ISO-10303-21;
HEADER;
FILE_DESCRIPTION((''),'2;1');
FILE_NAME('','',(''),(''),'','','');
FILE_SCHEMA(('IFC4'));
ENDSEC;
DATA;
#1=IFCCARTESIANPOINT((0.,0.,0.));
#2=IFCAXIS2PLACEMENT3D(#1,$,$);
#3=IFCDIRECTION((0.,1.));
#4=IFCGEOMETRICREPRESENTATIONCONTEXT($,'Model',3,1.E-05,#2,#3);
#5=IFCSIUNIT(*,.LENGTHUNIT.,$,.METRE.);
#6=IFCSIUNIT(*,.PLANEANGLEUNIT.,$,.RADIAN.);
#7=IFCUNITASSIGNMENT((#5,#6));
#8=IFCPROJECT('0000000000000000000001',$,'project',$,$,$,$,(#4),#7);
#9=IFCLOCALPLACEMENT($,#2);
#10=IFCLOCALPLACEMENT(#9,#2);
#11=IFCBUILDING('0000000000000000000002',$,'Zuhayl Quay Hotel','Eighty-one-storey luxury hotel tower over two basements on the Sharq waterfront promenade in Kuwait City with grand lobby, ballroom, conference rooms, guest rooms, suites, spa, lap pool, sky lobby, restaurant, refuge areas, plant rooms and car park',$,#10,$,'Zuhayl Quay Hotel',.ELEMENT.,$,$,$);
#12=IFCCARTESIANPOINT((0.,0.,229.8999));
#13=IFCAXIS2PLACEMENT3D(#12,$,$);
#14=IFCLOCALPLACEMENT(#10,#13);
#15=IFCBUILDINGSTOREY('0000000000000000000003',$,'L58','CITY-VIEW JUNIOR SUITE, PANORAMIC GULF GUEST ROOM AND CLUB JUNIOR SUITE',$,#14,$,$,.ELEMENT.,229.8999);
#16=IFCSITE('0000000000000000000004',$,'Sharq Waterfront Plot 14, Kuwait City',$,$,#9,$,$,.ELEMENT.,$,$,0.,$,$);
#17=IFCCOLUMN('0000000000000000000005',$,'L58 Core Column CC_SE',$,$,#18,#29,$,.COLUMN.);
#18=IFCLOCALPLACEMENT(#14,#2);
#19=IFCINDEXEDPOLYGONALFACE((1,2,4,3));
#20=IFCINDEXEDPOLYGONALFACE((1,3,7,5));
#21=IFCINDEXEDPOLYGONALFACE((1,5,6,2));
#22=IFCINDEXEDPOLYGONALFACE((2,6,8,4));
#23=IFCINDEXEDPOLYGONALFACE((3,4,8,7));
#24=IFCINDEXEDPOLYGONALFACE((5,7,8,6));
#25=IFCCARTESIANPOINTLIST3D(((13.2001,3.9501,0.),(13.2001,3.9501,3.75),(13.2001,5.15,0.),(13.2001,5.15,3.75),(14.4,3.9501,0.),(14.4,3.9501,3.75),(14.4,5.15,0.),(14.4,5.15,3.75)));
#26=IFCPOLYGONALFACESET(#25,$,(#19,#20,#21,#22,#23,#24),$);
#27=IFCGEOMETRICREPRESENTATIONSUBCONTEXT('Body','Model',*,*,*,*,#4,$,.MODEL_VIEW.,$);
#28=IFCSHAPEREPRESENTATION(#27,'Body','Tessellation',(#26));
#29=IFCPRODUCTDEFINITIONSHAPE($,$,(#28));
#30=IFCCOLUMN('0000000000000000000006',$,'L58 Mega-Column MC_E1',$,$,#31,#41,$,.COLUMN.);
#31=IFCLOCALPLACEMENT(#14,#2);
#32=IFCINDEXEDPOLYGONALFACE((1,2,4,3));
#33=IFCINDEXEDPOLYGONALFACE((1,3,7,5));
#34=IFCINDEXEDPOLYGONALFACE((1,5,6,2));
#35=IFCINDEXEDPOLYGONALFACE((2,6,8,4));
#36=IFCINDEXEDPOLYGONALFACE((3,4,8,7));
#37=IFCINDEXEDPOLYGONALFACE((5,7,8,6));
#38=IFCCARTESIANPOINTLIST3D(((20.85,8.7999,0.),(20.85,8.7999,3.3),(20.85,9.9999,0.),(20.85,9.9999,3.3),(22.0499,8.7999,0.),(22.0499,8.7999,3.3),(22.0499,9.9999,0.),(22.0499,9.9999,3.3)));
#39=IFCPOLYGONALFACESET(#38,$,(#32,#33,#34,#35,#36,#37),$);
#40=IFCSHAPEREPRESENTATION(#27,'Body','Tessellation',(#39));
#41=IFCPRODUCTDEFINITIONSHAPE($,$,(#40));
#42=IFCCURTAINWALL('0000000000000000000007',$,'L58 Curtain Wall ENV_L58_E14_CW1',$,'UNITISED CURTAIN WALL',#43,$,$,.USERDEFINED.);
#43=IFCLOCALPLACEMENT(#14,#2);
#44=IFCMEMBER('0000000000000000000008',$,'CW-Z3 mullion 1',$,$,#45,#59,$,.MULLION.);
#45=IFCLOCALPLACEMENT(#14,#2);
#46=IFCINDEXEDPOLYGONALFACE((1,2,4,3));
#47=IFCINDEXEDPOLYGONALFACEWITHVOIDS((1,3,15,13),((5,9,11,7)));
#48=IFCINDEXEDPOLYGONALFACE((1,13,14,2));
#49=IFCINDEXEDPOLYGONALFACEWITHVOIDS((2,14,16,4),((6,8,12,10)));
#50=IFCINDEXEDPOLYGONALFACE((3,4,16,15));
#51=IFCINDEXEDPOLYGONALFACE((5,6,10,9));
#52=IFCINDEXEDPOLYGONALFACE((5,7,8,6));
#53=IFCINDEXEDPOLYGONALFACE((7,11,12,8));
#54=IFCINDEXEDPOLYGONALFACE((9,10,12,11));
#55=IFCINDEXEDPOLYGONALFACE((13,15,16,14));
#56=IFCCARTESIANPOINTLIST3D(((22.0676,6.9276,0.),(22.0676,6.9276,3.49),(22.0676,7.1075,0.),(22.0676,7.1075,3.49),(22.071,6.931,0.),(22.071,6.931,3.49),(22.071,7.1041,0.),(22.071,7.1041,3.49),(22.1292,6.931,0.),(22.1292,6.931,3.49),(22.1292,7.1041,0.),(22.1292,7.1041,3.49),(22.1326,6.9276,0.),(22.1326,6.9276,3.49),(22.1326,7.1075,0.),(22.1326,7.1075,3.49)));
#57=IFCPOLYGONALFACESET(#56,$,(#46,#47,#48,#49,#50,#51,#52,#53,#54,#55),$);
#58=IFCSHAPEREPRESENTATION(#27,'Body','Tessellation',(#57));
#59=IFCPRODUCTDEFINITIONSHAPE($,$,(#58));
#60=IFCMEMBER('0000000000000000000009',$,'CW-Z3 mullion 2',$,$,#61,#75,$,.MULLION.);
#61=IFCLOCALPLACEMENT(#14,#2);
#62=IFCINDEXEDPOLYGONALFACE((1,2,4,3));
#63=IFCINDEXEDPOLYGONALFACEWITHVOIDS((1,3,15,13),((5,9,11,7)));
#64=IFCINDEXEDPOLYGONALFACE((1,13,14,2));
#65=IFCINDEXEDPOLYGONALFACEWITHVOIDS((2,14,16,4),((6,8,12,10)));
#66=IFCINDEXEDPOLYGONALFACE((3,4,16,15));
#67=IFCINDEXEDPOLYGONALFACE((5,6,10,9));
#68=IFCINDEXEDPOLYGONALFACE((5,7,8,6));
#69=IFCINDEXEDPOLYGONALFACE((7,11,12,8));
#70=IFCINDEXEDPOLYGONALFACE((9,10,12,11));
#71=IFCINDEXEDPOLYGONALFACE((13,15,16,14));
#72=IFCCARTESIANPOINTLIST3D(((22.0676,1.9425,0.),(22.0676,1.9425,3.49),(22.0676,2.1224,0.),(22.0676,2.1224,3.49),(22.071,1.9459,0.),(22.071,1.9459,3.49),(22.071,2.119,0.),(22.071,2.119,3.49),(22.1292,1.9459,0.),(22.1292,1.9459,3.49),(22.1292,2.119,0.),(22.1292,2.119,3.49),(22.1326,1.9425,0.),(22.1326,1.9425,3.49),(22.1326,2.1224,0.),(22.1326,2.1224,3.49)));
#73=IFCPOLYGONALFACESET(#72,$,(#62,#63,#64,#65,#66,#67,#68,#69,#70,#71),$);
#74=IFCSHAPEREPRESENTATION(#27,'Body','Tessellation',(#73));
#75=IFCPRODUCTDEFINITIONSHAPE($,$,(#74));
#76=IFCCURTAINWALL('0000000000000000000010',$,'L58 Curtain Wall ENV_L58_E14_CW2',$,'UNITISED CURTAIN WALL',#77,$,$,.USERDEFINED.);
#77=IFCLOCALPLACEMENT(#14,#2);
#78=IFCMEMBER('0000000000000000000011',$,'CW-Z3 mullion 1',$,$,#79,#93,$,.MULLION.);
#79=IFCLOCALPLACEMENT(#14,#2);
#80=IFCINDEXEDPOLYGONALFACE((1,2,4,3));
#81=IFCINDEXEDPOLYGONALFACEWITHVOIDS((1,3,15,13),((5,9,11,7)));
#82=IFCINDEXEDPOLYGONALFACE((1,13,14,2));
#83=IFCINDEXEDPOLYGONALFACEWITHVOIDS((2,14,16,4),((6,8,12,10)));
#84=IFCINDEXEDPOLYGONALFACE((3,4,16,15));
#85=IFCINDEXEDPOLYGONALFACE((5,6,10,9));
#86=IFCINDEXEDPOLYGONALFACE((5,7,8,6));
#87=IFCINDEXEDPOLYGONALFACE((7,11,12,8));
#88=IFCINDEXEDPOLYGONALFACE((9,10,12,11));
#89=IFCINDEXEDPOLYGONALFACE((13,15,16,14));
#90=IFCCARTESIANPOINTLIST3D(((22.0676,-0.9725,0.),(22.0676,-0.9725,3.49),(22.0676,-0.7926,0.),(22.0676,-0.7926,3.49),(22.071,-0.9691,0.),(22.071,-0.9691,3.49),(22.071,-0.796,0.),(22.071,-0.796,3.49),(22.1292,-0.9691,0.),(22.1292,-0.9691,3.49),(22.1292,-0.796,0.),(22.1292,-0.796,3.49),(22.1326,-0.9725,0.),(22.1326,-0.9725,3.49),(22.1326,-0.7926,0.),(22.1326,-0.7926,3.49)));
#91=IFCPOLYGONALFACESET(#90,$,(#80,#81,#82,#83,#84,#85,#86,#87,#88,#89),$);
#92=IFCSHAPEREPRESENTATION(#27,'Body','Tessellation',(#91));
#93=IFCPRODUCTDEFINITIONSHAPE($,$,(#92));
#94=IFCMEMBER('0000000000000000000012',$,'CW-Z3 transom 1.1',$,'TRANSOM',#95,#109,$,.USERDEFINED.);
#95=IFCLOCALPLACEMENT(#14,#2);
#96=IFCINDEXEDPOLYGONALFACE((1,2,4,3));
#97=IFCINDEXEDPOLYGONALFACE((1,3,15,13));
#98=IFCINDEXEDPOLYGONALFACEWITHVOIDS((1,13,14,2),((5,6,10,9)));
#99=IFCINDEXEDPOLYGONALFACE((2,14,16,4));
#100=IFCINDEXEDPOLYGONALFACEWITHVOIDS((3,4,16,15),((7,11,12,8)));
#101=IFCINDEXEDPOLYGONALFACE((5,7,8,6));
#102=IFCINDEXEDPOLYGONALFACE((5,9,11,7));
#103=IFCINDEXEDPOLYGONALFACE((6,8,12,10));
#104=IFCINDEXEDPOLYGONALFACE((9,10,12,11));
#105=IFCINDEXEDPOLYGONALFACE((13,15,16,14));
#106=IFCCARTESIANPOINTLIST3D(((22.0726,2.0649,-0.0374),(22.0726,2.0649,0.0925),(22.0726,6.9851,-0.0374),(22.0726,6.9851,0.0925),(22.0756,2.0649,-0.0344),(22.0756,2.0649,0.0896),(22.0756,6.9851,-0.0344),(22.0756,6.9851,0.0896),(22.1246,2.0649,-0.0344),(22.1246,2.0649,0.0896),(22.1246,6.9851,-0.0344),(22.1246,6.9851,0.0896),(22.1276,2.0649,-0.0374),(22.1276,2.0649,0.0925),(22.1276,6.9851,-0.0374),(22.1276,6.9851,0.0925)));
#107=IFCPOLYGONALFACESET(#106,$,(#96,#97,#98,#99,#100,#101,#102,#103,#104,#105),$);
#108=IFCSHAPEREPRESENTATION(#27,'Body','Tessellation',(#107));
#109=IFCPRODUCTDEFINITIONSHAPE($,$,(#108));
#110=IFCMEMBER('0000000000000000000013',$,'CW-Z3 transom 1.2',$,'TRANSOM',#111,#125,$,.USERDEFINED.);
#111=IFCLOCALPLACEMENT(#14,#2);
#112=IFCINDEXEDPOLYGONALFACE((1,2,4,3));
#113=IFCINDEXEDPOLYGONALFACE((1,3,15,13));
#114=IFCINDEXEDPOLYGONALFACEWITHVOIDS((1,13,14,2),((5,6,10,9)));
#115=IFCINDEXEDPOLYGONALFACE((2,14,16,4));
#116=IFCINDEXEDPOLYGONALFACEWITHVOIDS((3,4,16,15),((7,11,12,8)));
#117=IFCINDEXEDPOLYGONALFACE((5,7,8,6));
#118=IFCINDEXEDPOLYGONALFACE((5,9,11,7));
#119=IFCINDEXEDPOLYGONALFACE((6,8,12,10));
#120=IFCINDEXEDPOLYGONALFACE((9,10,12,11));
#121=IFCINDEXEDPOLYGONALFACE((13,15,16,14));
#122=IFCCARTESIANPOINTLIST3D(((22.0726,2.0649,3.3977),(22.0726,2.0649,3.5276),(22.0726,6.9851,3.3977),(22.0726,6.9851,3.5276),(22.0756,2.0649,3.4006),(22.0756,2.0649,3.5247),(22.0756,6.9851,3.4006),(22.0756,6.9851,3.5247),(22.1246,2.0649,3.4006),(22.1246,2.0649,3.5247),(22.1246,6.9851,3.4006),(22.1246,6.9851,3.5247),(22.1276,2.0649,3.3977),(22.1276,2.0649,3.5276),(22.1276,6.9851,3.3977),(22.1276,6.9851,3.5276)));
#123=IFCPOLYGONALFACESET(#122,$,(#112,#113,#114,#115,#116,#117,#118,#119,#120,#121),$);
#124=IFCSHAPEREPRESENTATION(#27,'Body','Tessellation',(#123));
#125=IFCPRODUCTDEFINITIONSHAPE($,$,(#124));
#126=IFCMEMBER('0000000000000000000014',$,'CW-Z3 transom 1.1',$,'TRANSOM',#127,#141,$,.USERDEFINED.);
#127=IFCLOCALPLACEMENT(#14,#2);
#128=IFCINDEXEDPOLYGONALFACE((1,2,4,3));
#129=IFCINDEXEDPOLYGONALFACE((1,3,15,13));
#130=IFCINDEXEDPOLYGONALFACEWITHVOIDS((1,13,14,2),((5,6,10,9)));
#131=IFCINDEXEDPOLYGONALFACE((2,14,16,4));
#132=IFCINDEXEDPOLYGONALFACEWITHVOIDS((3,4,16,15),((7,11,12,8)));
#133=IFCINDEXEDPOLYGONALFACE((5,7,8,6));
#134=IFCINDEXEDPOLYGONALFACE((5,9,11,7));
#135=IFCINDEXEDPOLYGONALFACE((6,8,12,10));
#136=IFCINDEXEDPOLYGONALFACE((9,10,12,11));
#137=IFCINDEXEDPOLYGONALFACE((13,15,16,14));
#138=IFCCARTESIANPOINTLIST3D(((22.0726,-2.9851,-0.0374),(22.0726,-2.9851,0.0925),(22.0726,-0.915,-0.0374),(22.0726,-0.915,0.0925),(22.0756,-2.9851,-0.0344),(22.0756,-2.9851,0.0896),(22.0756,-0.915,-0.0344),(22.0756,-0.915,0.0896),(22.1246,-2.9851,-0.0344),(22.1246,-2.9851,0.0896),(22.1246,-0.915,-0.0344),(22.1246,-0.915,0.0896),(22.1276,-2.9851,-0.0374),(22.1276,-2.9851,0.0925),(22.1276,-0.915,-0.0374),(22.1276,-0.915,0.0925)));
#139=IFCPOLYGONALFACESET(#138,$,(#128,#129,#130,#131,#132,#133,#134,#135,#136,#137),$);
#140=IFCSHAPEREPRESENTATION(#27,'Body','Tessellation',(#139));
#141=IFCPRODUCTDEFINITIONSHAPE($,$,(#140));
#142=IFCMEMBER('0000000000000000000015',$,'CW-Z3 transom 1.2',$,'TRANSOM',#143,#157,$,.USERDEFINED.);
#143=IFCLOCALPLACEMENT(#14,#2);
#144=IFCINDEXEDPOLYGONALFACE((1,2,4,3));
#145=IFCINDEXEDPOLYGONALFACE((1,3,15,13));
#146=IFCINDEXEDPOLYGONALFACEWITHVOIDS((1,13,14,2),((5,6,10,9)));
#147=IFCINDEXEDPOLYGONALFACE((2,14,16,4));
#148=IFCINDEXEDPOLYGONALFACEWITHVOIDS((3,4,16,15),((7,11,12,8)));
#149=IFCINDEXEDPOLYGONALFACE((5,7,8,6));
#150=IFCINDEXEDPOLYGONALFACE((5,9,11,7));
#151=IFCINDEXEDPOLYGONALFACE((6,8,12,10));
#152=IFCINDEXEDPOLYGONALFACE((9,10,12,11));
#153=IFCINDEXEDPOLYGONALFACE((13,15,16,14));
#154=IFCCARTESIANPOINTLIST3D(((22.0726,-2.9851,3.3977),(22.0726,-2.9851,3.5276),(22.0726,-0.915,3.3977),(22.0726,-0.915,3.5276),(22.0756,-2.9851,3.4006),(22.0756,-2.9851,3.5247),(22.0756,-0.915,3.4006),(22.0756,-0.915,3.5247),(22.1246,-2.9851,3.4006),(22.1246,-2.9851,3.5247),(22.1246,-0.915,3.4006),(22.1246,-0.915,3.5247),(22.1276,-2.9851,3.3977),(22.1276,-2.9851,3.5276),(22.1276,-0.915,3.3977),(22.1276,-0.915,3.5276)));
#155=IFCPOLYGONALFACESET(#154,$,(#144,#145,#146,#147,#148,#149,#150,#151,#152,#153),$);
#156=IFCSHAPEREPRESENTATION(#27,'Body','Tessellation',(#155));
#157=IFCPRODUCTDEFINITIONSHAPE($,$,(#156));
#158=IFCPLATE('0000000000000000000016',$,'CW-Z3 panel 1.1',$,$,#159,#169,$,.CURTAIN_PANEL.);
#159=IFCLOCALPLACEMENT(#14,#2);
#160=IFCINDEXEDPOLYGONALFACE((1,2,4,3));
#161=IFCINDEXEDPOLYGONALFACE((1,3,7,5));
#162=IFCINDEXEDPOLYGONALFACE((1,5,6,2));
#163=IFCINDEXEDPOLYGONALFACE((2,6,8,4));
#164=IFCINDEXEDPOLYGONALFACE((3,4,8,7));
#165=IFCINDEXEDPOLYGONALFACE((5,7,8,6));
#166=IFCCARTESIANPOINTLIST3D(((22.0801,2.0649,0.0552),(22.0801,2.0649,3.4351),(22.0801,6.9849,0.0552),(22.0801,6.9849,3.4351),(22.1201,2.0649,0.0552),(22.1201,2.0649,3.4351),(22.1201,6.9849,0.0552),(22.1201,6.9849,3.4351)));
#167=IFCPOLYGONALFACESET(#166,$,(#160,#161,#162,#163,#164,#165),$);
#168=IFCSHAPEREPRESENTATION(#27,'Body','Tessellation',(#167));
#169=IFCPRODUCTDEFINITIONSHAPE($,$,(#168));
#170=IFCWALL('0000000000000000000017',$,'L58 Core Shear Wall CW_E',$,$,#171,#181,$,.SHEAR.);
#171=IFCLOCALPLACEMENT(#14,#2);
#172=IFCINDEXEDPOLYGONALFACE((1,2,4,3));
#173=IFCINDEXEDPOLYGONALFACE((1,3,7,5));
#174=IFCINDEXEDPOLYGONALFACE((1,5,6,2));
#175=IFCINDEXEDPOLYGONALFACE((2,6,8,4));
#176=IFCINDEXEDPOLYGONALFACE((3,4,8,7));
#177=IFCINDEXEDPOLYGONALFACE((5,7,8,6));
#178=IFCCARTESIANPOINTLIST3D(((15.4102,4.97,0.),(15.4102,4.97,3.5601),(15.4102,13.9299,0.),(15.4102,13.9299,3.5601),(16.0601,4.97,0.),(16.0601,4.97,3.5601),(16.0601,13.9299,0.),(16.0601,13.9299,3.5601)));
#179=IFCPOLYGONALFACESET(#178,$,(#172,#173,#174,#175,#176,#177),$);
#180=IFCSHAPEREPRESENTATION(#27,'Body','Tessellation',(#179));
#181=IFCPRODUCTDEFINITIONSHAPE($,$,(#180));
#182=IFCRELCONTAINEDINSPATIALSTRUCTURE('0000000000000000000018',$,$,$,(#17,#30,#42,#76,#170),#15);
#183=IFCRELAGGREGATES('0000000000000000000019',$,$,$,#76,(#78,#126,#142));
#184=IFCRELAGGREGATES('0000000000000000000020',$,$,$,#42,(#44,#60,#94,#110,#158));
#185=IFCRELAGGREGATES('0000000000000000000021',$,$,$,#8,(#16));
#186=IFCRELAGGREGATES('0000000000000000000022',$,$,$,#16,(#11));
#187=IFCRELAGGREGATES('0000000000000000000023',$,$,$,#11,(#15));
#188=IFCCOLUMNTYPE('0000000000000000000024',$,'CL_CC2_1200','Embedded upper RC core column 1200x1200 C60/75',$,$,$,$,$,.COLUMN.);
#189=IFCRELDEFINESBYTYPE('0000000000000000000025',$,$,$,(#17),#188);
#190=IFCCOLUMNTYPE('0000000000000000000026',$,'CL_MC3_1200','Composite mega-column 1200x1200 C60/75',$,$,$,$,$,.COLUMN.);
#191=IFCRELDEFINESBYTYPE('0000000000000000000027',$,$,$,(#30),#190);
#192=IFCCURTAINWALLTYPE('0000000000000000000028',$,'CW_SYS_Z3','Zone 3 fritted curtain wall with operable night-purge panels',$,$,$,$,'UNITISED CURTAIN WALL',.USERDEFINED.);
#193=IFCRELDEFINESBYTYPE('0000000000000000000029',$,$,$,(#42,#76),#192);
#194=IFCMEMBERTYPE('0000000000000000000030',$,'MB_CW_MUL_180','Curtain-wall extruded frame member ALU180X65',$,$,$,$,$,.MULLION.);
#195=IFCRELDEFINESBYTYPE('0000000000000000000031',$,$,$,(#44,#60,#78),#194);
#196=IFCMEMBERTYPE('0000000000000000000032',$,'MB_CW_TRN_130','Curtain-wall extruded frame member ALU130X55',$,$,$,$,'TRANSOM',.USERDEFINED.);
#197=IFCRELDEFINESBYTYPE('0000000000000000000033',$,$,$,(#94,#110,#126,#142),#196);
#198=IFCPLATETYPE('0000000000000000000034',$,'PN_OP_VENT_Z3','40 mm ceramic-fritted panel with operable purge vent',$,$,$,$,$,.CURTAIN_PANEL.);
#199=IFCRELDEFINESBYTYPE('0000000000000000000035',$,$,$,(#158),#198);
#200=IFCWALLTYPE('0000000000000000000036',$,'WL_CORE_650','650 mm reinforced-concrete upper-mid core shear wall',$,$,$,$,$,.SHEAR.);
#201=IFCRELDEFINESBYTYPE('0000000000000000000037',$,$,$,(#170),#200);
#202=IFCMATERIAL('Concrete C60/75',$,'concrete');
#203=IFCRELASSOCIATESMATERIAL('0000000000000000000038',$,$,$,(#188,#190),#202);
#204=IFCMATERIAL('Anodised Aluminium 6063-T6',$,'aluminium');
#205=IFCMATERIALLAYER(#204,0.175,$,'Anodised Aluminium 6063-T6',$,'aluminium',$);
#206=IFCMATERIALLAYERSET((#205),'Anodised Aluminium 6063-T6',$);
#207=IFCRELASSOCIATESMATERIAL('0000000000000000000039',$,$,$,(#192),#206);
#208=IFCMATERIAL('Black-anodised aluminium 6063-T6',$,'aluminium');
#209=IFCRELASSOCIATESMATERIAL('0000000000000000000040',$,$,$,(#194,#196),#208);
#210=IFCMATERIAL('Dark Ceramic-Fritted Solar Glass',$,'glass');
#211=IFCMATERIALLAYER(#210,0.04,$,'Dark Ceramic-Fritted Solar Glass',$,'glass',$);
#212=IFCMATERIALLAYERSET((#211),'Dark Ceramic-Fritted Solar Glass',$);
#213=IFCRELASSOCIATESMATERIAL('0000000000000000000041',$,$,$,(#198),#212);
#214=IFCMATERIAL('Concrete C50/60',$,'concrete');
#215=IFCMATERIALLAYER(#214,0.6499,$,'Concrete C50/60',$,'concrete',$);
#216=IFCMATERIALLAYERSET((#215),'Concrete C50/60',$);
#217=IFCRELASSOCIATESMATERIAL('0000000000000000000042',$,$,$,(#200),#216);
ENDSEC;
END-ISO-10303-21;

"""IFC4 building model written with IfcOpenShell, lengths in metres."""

from ifc_helpers import new_model, si_unit, direction, frame, frame_2d, origin, origin_2d, place, context, subcontext, project, spatial, rectangle, hollow_rectangle, extrude, material, layer, layer_set, material_profile, profile_set, type_object, element, aggregate, save


model = new_model("IFC4")

# Units and contexts
model_context = context("Model", 3, precision=1e-05, world=origin(), true_north=direction((0.0, 1.0)))
body_context = subcontext(model_context, "Body", "Model", "MODEL_VIEW")
ifc_project = project(units=[si_unit("LENGTHUNIT", "METRE"), si_unit("PLANEANGLEUNIT", "RADIAN")], contexts=[model_context])

# Site, building, storey
site_placement = place(None, origin())
site = spatial("IfcSite", under=ifc_project, at=site_placement, Name="Sharq Waterfront Plot 14, Kuwait City", CompositionType="ELEMENT", RefElevation=0.0)
building_placement = place(site_placement, origin())
building = spatial("IfcBuilding", under=site, at=building_placement, Name="Zuhayl Quay Hotel", Description="Eighty-one-storey luxury hotel tower over two basements on the Sharq waterfront promenade in Kuwait City with grand lobby, ballroom, conference rooms, guest rooms, suites, spa, lap pool, sky lobby, restaurant, refuge areas, plant rooms and car park", LongName="Zuhayl Quay Hotel", CompositionType="ELEMENT")
storey_placement = place(building_placement, frame((0.0, 0.0, 229.8999)))
storey = spatial("IfcBuildingStorey", under=building, at=storey_placement, Name="L58", Description="CITY-VIEW JUNIOR SUITE, PANORAMIC GULF GUEST ROOM AND CLUB JUNIOR SUITE", CompositionType="ELEMENT", Elevation=229.8999)

# Columns
ifc_material_1 = material(Name="Concrete C60/75", Category="concrete")
ifc_material_profile_1 = material_profile(ifc_material_1, rectangle(XDim=1.2, YDim=1.2, at=origin_2d()), Name="RC1200X1200")
ifc_profile_set_1 = profile_set([ifc_material_profile_1], Name="Concrete C60/75")
column_type_1 = type_object("IfcColumnType", Name="CL_CC2_1200", Description="Embedded upper RC core column 1200x1200 C60/75", PredefinedType="COLUMN", material=ifc_profile_set_1)
column_1_placement = place(storey_placement, frame((13.8, 4.55, 0.0), z_axis=(0.0, 0.0, 1.0), x_axis=(1.0, 0.0, 0.0)))
element("IfcColumn", 1, at=column_1_placement, inside=storey, type_object=column_type_1, Name="L58 Core Column CC_SE", PredefinedType="COLUMN", context=body_context, shape_type="SweptSolid", body=[
    extrude(rectangle(XDim=1.2, YDim=1.2, at=origin_2d()), origin(), (0.0, 0.0, 1.0), 3.75),
])
ifc_material_profile_2 = material_profile(ifc_material_1, rectangle(XDim=1.2, YDim=1.2, at=origin_2d()), Name="RC1200X1200")
ifc_profile_set_2 = profile_set([ifc_material_profile_2], Name="Concrete C60/75")
column_type_2 = type_object("IfcColumnType", Name="CL_MC3_1200", Description="Composite mega-column 1200x1200 C60/75", PredefinedType="COLUMN", material=ifc_profile_set_2)
column_2_placement = place(storey_placement, frame((21.45, 9.3999, 0.0), z_axis=(0.0, 0.0, 1.0), x_axis=(1.0, 0.0, 0.0)))
element("IfcColumn", 2, at=column_2_placement, inside=storey, type_object=column_type_2, Name="L58 Mega-Column MC_E1", PredefinedType="COLUMN", context=body_context, shape_type="SweptSolid", body=[
    extrude(rectangle(XDim=1.2, YDim=1.2, at=origin_2d()), origin(), (0.0, 0.0, 1.0), 3.3),
])

# Curtain wall, members
ifc_material_2 = material(Name="Anodised Aluminium 6063-T6", Category="aluminium")
ifc_layer_1 = layer(ifc_material_2, 0.175, Name="Anodised Aluminium 6063-T6", Category="aluminium")
ifc_layer_set_1 = layer_set([ifc_layer_1], Name="Anodised Aluminium 6063-T6")
curtain_wall_type = type_object("IfcCurtainWallType", Name="CW_SYS_Z3", Description="Zone 3 fritted curtain wall with operable night-purge panels", ElementType="UNITISED CURTAIN WALL", PredefinedType="USERDEFINED", material=ifc_layer_set_1)
curtain_wall_1_placement = place(storey_placement, origin())
curtain_wall_1 = element("IfcCurtainWall", 3, at=curtain_wall_1_placement, inside=storey, type_object=curtain_wall_type, Name="L58 Curtain Wall ENV_L58_E14_CW1", ObjectType="UNITISED CURTAIN WALL", PredefinedType="USERDEFINED")
ifc_material_3 = material(Name="Black-anodised aluminium 6063-T6", Category="aluminium")
ifc_material_profile_3 = material_profile(ifc_material_3, hollow_rectangle(XDim=0.0649, YDim=0.1799, WallThickness=0.0034, at=origin_2d()), Name="ALU180X65")
ifc_profile_set_3 = profile_set([ifc_material_profile_3], Name="Black-anodised aluminium 6063-T6")
member_type_1 = type_object("IfcMemberType", Name="MB_CW_MUL_180", Description="Curtain-wall extruded frame member ALU180X65", PredefinedType="MULLION", material=ifc_profile_set_3)
member_1_placement = place(storey_placement, frame((22.1001, 7.0176, 0.0), z_axis=(0.0, 0.0, 1.0), x_axis=(1.0, 0.0, 0.0)))
member_1 = element("IfcMember", 4, at=member_1_placement, type_object=member_type_1, Name="CW-Z3 mullion 1", PredefinedType="MULLION", context=body_context, shape_type="SweptSolid", body=[
    extrude(hollow_rectangle(XDim=0.0649, YDim=0.1799, WallThickness=0.0034, at=origin_2d()), origin(), (0.0, 0.0, 1.0), 3.49),
])
member_2_placement = place(storey_placement, frame((22.1001, 2.0325, 0.0), z_axis=(0.0, 0.0, 1.0), x_axis=(1.0, 0.0, 0.0)))
member_2 = element("IfcMember", 5, at=member_2_placement, type_object=member_type_1, Name="CW-Z3 mullion 2", PredefinedType="MULLION", context=body_context, shape_type="SweptSolid", body=[
    extrude(hollow_rectangle(XDim=0.0649, YDim=0.1799, WallThickness=0.0034, at=origin_2d()), origin(), (0.0, 0.0, 1.0), 3.49),
])

# Curtain wall, member
curtain_wall_2_placement = place(storey_placement, origin())
curtain_wall_2 = element("IfcCurtainWall", 6, at=curtain_wall_2_placement, inside=storey, type_object=curtain_wall_type, Name="L58 Curtain Wall ENV_L58_E14_CW2", ObjectType="UNITISED CURTAIN WALL", PredefinedType="USERDEFINED")
member_3_placement = place(storey_placement, frame((22.1001, -0.8826, 0.0), z_axis=(0.0, 0.0, 1.0), x_axis=(1.0, 0.0, 0.0)))
member_3 = element("IfcMember", 7, at=member_3_placement, type_object=member_type_1, Name="CW-Z3 mullion 1", PredefinedType="MULLION", context=body_context, shape_type="SweptSolid", body=[
    extrude(hollow_rectangle(XDim=0.0649, YDim=0.1799, WallThickness=0.0034, at=origin_2d()), origin(), (0.0, 0.0, 1.0), 3.49),
])

# Members
ifc_material_profile_4 = material_profile(ifc_material_3, hollow_rectangle(XDim=0.0549, YDim=0.1299, WallThickness=0.0029, at=origin_2d()), Name="ALU130X55")
ifc_profile_set_4 = profile_set([ifc_material_profile_4], Name="Black-anodised aluminium 6063-T6")
member_type_2 = type_object("IfcMemberType", Name="MB_CW_TRN_130", Description="Curtain-wall extruded frame member ALU130X55", ElementType="TRANSOM", PredefinedType="USERDEFINED", material=ifc_profile_set_4)
member_4_placement = place(storey_placement, frame((22.1001, 6.9851, 0.0276), z_axis=(0.0, -1.0, 0.0), x_axis=(1.0, 0.0, 0.0)))
member_4 = element("IfcMember", 8, at=member_4_placement, type_object=member_type_2, Name="CW-Z3 transom 1.1", ObjectType="TRANSOM", PredefinedType="USERDEFINED", context=body_context, shape_type="SweptSolid", body=[
    extrude(hollow_rectangle(XDim=0.0549, YDim=0.1299, WallThickness=0.0029, at=origin_2d()), origin(), (0.0, 0.0, 1.0), 4.9202),
])
member_5_placement = place(storey_placement, frame((22.1001, 6.9851, 3.4626), z_axis=(0.0, -1.0, 0.0), x_axis=(1.0, 0.0, 0.0)))
member_5 = element("IfcMember", 9, at=member_5_placement, type_object=member_type_2, Name="CW-Z3 transom 1.2", ObjectType="TRANSOM", PredefinedType="USERDEFINED", context=body_context, shape_type="SweptSolid", body=[
    extrude(hollow_rectangle(XDim=0.0549, YDim=0.1299, WallThickness=0.0029, at=origin_2d()), origin(), (0.0, 0.0, 1.0), 4.9202),
])
member_6_placement = place(storey_placement, frame((22.1001, -0.915, 0.0276), z_axis=(0.0, -1.0, 0.0), x_axis=(1.0, 0.0, 0.0)))
member_6 = element("IfcMember", 10, at=member_6_placement, type_object=member_type_2, Name="CW-Z3 transom 1.1", ObjectType="TRANSOM", PredefinedType="USERDEFINED", context=body_context, shape_type="SweptSolid", body=[
    extrude(hollow_rectangle(XDim=0.0549, YDim=0.1299, WallThickness=0.0029, at=origin_2d()), origin(), (0.0, 0.0, 1.0), 2.0701),
])
member_7_placement = place(storey_placement, frame((22.1001, -0.915, 3.4626), z_axis=(0.0, -1.0, 0.0), x_axis=(1.0, 0.0, 0.0)))
member_7 = element("IfcMember", 11, at=member_7_placement, type_object=member_type_2, Name="CW-Z3 transom 1.2", ObjectType="TRANSOM", PredefinedType="USERDEFINED", context=body_context, shape_type="SweptSolid", body=[
    extrude(hollow_rectangle(XDim=0.0549, YDim=0.1299, WallThickness=0.0029, at=origin_2d()), origin(), (0.0, 0.0, 1.0), 2.0701),
])
aggregate(curtain_wall_2, [member_3, member_6, member_7])

# Plate
ifc_material_4 = material(Name="Dark Ceramic-Fritted Solar Glass", Category="glass")
ifc_layer_2 = layer(ifc_material_4, 0.04, Name="Dark Ceramic-Fritted Solar Glass", Category="glass")
ifc_layer_set_2 = layer_set([ifc_layer_2], Name="Dark Ceramic-Fritted Solar Glass")
plate_type = type_object("IfcPlateType", Name="PN_OP_VENT_Z3", Description="40 mm ceramic-fritted panel with operable purge vent", PredefinedType="CURTAIN_PANEL", material=ifc_layer_set_2)
plate_placement = place(storey_placement, frame((22.1001, 4.5249, 0.0552), z_axis=(0.0, 0.0, 1.0), x_axis=(0.0, -1.0, 0.0)))
plate = element("IfcPlate", 12, at=plate_placement, type_object=plate_type, Name="CW-Z3 panel 1.1", PredefinedType="CURTAIN_PANEL", context=body_context, shape_type="SweptSolid", body=[
    extrude(rectangle(XDim=4.9199, YDim=0.04, at=origin_2d()), origin(), (0.0, 0.0, 1.0), 3.3799),
])
aggregate(curtain_wall_1, [member_1, member_2, member_4, member_5, plate])

# Wall
ifc_material_5 = material(Name="Concrete C50/60", Category="concrete")
ifc_layer_3 = layer(ifc_material_5, 0.6499, Name="Concrete C50/60", Category="concrete")
ifc_layer_set_3 = layer_set([ifc_layer_3], Name="Concrete C50/60")
wall_type_1 = type_object("IfcWallType", Name="WL_CORE_650", Description="650 mm reinforced-concrete upper-mid core shear wall", PredefinedType="SHEAR", material=ifc_layer_set_3)
wall_1_placement = place(storey_placement, frame((15.7351, 4.97, 0.0), z_axis=(0.0, 0.0, 1.0), x_axis=(0.0, 1.0, 0.0)))
element("IfcWall", 13, at=wall_1_placement, inside=storey, type_object=wall_type_1, Name="L58 Core Shear Wall CW_E", PredefinedType="SHEAR", context=body_context, shape_type="SweptSolid", body=[
    extrude(rectangle(XDim=8.96, YDim=0.6499, at=frame_2d((4.48, 0.0))), origin(), (0.0, 0.0, 1.0), 3.5601),
])

save(model, "model.ifc")
